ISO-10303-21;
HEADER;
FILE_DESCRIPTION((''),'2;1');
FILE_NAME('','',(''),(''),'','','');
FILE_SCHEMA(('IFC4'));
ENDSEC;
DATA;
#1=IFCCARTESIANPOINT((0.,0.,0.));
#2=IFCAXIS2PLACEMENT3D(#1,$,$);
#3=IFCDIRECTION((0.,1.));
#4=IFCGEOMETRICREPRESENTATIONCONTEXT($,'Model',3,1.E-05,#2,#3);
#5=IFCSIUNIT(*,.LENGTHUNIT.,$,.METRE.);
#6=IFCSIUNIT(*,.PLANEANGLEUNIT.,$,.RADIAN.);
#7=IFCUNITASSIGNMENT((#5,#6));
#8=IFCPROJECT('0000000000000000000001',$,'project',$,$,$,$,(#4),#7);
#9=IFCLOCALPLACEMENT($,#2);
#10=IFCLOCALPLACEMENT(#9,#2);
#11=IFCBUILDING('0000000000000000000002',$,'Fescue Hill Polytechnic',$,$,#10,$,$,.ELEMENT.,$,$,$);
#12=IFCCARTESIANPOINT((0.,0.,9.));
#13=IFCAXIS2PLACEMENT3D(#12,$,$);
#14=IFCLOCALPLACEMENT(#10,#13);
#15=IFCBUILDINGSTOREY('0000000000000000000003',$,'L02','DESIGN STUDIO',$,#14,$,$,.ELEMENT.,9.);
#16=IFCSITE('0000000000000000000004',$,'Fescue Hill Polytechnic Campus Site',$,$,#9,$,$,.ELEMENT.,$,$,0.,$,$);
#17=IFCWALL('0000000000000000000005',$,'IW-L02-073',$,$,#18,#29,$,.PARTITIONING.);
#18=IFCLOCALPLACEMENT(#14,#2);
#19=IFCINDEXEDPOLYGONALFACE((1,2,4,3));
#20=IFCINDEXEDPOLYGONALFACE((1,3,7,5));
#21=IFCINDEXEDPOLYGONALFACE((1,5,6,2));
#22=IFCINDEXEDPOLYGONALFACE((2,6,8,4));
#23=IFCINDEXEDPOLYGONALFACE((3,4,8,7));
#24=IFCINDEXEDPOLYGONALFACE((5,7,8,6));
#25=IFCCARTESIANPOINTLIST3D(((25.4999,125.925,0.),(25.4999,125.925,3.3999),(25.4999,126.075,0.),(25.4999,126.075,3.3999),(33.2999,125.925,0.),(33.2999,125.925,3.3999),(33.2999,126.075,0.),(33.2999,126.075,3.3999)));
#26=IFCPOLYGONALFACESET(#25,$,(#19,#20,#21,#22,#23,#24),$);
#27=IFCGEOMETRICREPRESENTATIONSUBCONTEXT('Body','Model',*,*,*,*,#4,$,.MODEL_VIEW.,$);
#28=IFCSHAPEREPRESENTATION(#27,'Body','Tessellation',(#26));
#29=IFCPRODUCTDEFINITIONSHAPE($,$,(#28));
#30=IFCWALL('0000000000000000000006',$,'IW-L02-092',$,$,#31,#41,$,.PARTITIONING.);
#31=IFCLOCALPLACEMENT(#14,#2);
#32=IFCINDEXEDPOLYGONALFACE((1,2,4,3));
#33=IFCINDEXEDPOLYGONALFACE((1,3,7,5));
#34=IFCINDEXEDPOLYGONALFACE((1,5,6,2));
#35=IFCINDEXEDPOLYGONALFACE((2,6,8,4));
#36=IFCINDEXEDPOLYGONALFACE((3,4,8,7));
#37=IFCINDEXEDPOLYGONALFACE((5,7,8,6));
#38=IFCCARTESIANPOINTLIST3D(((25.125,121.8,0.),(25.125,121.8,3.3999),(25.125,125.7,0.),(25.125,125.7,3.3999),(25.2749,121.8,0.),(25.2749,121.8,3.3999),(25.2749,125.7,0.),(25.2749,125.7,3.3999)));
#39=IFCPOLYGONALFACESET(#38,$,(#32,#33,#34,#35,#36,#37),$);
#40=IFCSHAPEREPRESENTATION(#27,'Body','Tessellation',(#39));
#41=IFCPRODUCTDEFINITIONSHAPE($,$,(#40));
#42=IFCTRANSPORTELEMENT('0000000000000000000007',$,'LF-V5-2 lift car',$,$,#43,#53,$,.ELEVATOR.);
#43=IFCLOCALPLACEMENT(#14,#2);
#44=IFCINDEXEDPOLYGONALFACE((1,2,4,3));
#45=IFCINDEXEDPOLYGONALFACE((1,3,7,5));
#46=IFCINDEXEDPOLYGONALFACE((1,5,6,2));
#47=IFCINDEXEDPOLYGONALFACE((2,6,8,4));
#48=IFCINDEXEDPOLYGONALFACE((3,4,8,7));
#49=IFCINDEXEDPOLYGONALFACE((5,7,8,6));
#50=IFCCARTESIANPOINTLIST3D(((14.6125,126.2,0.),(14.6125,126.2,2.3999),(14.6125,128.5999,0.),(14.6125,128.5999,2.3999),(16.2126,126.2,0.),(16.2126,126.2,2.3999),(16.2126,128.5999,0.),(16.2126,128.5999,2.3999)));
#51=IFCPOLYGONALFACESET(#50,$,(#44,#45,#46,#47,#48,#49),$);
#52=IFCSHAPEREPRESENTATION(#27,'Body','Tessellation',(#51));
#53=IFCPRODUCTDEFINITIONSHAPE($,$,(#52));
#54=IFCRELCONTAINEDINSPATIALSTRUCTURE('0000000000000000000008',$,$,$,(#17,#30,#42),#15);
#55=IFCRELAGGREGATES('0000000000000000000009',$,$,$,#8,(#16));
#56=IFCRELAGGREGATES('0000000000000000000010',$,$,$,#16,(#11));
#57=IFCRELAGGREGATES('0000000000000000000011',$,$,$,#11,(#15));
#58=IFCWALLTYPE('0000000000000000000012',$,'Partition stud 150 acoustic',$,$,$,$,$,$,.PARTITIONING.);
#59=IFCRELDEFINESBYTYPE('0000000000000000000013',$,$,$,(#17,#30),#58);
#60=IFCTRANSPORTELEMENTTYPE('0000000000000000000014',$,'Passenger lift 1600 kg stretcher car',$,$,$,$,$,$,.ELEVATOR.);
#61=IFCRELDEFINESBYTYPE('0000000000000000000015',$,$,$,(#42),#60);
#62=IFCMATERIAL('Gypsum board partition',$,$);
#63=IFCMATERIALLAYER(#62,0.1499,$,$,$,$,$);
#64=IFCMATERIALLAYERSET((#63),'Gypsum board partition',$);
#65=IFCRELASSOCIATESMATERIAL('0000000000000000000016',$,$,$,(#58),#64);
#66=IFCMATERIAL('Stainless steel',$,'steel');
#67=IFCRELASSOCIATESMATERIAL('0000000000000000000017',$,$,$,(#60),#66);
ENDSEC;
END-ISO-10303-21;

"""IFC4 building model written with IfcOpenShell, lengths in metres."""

from ifc_helpers import new_model, si_unit, direction, frame, frame_2d, origin, origin_2d, place, context, subcontext, project, spatial, rectangle, extrude, material, layer, layer_set, type_object, element, save


model = new_model("IFC4")

# Units and contexts
model_context = context("Model", 3, precision=1e-05, world=origin(), true_north=direction((0.0, 1.0)))
body_context = subcontext(model_context, "Body", "Model", "MODEL_VIEW")
ifc_project = project(units=[si_unit("LENGTHUNIT", "METRE"), si_unit("PLANEANGLEUNIT", "RADIAN")], contexts=[model_context])

# Site, building, storey
site_placement = place(None, origin())
site = spatial("IfcSite", under=ifc_project, at=site_placement, Name="Fescue Hill Polytechnic Campus Site", CompositionType="ELEMENT", RefElevation=0.0)
building_placement = place(site_placement, origin())
building = spatial("IfcBuilding", under=site, at=building_placement, Name="Fescue Hill Polytechnic", CompositionType="ELEMENT")
storey_placement = place(building_placement, frame((0.0, 0.0, 9.0)))
storey = spatial("IfcBuildingStorey", under=building, at=storey_placement, Name="L02", Description="DESIGN STUDIO", CompositionType="ELEMENT", Elevation=9.0)

# Shared definitions
ifc_material_1 = material(Name="Gypsum board partition")

# Shared definitions
ifc_layer_1 = layer(ifc_material_1, 0.1499)
ifc_layer_set_1 = layer_set([ifc_layer_1], Name="Gypsum board partition")
wall_type_1 = type_object("IfcWallType", Name="Partition stud 150 acoustic", PredefinedType="PARTITIONING", material=ifc_layer_set_1)

# Walls
wall_1_placement = place(storey_placement, frame((25.5, 126.0, 0.0), z_axis=(0.0, 0.0, 1.0), x_axis=(1.0, 0.0, 0.0)))
element("IfcWall", 1, at=wall_1_placement, inside=storey, type_object=wall_type_1, Name="IW-L02-073", PredefinedType="PARTITIONING", context=body_context, shape_type="SweptSolid", body=[
    extrude(rectangle(XDim=7.8, YDim=0.1499, at=frame_2d((3.8999, 0.0))), origin(), (0.0, 0.0, 1.0), 3.3999),
])
wall_2_placement = place(storey_placement, frame((25.2, 121.8, 0.0), z_axis=(0.0, 0.0, 1.0), x_axis=(0.0, 1.0, 0.0)))
element("IfcWall", 2, at=wall_2_placement, inside=storey, type_object=wall_type_1, Name="IW-L02-092", PredefinedType="PARTITIONING", context=body_context, shape_type="SweptSolid", body=[
    extrude(rectangle(XDim=3.8999, YDim=0.1499, at=frame_2d((1.95, 0.0))), origin(), (0.0, 0.0, 1.0), 3.3999),
])

# Transport element
ifc_material_2 = material(Name="Stainless steel", Category="steel")
transport_element_type = type_object("IfcTransportElementType", Name="Passenger lift 1600 kg stretcher car", PredefinedType="ELEVATOR", material=ifc_material_2)
transport_element_placement = place(storey_placement, frame((15.4126, 127.3999, 0.0), z_axis=(0.0, 0.0, 1.0), x_axis=(1.0, 0.0, 0.0)))
element("IfcTransportElement", 3, at=transport_element_placement, inside=storey, type_object=transport_element_type, Name="LF-V5-2 lift car", PredefinedType="ELEVATOR", context=body_context, shape_type="SweptSolid", body=[
    extrude(rectangle(XDim=1.6001, YDim=2.3999, at=origin_2d()), origin(), (0.0, 0.0, 1.0), 2.3999),
])

save(model, "model.ifc")
